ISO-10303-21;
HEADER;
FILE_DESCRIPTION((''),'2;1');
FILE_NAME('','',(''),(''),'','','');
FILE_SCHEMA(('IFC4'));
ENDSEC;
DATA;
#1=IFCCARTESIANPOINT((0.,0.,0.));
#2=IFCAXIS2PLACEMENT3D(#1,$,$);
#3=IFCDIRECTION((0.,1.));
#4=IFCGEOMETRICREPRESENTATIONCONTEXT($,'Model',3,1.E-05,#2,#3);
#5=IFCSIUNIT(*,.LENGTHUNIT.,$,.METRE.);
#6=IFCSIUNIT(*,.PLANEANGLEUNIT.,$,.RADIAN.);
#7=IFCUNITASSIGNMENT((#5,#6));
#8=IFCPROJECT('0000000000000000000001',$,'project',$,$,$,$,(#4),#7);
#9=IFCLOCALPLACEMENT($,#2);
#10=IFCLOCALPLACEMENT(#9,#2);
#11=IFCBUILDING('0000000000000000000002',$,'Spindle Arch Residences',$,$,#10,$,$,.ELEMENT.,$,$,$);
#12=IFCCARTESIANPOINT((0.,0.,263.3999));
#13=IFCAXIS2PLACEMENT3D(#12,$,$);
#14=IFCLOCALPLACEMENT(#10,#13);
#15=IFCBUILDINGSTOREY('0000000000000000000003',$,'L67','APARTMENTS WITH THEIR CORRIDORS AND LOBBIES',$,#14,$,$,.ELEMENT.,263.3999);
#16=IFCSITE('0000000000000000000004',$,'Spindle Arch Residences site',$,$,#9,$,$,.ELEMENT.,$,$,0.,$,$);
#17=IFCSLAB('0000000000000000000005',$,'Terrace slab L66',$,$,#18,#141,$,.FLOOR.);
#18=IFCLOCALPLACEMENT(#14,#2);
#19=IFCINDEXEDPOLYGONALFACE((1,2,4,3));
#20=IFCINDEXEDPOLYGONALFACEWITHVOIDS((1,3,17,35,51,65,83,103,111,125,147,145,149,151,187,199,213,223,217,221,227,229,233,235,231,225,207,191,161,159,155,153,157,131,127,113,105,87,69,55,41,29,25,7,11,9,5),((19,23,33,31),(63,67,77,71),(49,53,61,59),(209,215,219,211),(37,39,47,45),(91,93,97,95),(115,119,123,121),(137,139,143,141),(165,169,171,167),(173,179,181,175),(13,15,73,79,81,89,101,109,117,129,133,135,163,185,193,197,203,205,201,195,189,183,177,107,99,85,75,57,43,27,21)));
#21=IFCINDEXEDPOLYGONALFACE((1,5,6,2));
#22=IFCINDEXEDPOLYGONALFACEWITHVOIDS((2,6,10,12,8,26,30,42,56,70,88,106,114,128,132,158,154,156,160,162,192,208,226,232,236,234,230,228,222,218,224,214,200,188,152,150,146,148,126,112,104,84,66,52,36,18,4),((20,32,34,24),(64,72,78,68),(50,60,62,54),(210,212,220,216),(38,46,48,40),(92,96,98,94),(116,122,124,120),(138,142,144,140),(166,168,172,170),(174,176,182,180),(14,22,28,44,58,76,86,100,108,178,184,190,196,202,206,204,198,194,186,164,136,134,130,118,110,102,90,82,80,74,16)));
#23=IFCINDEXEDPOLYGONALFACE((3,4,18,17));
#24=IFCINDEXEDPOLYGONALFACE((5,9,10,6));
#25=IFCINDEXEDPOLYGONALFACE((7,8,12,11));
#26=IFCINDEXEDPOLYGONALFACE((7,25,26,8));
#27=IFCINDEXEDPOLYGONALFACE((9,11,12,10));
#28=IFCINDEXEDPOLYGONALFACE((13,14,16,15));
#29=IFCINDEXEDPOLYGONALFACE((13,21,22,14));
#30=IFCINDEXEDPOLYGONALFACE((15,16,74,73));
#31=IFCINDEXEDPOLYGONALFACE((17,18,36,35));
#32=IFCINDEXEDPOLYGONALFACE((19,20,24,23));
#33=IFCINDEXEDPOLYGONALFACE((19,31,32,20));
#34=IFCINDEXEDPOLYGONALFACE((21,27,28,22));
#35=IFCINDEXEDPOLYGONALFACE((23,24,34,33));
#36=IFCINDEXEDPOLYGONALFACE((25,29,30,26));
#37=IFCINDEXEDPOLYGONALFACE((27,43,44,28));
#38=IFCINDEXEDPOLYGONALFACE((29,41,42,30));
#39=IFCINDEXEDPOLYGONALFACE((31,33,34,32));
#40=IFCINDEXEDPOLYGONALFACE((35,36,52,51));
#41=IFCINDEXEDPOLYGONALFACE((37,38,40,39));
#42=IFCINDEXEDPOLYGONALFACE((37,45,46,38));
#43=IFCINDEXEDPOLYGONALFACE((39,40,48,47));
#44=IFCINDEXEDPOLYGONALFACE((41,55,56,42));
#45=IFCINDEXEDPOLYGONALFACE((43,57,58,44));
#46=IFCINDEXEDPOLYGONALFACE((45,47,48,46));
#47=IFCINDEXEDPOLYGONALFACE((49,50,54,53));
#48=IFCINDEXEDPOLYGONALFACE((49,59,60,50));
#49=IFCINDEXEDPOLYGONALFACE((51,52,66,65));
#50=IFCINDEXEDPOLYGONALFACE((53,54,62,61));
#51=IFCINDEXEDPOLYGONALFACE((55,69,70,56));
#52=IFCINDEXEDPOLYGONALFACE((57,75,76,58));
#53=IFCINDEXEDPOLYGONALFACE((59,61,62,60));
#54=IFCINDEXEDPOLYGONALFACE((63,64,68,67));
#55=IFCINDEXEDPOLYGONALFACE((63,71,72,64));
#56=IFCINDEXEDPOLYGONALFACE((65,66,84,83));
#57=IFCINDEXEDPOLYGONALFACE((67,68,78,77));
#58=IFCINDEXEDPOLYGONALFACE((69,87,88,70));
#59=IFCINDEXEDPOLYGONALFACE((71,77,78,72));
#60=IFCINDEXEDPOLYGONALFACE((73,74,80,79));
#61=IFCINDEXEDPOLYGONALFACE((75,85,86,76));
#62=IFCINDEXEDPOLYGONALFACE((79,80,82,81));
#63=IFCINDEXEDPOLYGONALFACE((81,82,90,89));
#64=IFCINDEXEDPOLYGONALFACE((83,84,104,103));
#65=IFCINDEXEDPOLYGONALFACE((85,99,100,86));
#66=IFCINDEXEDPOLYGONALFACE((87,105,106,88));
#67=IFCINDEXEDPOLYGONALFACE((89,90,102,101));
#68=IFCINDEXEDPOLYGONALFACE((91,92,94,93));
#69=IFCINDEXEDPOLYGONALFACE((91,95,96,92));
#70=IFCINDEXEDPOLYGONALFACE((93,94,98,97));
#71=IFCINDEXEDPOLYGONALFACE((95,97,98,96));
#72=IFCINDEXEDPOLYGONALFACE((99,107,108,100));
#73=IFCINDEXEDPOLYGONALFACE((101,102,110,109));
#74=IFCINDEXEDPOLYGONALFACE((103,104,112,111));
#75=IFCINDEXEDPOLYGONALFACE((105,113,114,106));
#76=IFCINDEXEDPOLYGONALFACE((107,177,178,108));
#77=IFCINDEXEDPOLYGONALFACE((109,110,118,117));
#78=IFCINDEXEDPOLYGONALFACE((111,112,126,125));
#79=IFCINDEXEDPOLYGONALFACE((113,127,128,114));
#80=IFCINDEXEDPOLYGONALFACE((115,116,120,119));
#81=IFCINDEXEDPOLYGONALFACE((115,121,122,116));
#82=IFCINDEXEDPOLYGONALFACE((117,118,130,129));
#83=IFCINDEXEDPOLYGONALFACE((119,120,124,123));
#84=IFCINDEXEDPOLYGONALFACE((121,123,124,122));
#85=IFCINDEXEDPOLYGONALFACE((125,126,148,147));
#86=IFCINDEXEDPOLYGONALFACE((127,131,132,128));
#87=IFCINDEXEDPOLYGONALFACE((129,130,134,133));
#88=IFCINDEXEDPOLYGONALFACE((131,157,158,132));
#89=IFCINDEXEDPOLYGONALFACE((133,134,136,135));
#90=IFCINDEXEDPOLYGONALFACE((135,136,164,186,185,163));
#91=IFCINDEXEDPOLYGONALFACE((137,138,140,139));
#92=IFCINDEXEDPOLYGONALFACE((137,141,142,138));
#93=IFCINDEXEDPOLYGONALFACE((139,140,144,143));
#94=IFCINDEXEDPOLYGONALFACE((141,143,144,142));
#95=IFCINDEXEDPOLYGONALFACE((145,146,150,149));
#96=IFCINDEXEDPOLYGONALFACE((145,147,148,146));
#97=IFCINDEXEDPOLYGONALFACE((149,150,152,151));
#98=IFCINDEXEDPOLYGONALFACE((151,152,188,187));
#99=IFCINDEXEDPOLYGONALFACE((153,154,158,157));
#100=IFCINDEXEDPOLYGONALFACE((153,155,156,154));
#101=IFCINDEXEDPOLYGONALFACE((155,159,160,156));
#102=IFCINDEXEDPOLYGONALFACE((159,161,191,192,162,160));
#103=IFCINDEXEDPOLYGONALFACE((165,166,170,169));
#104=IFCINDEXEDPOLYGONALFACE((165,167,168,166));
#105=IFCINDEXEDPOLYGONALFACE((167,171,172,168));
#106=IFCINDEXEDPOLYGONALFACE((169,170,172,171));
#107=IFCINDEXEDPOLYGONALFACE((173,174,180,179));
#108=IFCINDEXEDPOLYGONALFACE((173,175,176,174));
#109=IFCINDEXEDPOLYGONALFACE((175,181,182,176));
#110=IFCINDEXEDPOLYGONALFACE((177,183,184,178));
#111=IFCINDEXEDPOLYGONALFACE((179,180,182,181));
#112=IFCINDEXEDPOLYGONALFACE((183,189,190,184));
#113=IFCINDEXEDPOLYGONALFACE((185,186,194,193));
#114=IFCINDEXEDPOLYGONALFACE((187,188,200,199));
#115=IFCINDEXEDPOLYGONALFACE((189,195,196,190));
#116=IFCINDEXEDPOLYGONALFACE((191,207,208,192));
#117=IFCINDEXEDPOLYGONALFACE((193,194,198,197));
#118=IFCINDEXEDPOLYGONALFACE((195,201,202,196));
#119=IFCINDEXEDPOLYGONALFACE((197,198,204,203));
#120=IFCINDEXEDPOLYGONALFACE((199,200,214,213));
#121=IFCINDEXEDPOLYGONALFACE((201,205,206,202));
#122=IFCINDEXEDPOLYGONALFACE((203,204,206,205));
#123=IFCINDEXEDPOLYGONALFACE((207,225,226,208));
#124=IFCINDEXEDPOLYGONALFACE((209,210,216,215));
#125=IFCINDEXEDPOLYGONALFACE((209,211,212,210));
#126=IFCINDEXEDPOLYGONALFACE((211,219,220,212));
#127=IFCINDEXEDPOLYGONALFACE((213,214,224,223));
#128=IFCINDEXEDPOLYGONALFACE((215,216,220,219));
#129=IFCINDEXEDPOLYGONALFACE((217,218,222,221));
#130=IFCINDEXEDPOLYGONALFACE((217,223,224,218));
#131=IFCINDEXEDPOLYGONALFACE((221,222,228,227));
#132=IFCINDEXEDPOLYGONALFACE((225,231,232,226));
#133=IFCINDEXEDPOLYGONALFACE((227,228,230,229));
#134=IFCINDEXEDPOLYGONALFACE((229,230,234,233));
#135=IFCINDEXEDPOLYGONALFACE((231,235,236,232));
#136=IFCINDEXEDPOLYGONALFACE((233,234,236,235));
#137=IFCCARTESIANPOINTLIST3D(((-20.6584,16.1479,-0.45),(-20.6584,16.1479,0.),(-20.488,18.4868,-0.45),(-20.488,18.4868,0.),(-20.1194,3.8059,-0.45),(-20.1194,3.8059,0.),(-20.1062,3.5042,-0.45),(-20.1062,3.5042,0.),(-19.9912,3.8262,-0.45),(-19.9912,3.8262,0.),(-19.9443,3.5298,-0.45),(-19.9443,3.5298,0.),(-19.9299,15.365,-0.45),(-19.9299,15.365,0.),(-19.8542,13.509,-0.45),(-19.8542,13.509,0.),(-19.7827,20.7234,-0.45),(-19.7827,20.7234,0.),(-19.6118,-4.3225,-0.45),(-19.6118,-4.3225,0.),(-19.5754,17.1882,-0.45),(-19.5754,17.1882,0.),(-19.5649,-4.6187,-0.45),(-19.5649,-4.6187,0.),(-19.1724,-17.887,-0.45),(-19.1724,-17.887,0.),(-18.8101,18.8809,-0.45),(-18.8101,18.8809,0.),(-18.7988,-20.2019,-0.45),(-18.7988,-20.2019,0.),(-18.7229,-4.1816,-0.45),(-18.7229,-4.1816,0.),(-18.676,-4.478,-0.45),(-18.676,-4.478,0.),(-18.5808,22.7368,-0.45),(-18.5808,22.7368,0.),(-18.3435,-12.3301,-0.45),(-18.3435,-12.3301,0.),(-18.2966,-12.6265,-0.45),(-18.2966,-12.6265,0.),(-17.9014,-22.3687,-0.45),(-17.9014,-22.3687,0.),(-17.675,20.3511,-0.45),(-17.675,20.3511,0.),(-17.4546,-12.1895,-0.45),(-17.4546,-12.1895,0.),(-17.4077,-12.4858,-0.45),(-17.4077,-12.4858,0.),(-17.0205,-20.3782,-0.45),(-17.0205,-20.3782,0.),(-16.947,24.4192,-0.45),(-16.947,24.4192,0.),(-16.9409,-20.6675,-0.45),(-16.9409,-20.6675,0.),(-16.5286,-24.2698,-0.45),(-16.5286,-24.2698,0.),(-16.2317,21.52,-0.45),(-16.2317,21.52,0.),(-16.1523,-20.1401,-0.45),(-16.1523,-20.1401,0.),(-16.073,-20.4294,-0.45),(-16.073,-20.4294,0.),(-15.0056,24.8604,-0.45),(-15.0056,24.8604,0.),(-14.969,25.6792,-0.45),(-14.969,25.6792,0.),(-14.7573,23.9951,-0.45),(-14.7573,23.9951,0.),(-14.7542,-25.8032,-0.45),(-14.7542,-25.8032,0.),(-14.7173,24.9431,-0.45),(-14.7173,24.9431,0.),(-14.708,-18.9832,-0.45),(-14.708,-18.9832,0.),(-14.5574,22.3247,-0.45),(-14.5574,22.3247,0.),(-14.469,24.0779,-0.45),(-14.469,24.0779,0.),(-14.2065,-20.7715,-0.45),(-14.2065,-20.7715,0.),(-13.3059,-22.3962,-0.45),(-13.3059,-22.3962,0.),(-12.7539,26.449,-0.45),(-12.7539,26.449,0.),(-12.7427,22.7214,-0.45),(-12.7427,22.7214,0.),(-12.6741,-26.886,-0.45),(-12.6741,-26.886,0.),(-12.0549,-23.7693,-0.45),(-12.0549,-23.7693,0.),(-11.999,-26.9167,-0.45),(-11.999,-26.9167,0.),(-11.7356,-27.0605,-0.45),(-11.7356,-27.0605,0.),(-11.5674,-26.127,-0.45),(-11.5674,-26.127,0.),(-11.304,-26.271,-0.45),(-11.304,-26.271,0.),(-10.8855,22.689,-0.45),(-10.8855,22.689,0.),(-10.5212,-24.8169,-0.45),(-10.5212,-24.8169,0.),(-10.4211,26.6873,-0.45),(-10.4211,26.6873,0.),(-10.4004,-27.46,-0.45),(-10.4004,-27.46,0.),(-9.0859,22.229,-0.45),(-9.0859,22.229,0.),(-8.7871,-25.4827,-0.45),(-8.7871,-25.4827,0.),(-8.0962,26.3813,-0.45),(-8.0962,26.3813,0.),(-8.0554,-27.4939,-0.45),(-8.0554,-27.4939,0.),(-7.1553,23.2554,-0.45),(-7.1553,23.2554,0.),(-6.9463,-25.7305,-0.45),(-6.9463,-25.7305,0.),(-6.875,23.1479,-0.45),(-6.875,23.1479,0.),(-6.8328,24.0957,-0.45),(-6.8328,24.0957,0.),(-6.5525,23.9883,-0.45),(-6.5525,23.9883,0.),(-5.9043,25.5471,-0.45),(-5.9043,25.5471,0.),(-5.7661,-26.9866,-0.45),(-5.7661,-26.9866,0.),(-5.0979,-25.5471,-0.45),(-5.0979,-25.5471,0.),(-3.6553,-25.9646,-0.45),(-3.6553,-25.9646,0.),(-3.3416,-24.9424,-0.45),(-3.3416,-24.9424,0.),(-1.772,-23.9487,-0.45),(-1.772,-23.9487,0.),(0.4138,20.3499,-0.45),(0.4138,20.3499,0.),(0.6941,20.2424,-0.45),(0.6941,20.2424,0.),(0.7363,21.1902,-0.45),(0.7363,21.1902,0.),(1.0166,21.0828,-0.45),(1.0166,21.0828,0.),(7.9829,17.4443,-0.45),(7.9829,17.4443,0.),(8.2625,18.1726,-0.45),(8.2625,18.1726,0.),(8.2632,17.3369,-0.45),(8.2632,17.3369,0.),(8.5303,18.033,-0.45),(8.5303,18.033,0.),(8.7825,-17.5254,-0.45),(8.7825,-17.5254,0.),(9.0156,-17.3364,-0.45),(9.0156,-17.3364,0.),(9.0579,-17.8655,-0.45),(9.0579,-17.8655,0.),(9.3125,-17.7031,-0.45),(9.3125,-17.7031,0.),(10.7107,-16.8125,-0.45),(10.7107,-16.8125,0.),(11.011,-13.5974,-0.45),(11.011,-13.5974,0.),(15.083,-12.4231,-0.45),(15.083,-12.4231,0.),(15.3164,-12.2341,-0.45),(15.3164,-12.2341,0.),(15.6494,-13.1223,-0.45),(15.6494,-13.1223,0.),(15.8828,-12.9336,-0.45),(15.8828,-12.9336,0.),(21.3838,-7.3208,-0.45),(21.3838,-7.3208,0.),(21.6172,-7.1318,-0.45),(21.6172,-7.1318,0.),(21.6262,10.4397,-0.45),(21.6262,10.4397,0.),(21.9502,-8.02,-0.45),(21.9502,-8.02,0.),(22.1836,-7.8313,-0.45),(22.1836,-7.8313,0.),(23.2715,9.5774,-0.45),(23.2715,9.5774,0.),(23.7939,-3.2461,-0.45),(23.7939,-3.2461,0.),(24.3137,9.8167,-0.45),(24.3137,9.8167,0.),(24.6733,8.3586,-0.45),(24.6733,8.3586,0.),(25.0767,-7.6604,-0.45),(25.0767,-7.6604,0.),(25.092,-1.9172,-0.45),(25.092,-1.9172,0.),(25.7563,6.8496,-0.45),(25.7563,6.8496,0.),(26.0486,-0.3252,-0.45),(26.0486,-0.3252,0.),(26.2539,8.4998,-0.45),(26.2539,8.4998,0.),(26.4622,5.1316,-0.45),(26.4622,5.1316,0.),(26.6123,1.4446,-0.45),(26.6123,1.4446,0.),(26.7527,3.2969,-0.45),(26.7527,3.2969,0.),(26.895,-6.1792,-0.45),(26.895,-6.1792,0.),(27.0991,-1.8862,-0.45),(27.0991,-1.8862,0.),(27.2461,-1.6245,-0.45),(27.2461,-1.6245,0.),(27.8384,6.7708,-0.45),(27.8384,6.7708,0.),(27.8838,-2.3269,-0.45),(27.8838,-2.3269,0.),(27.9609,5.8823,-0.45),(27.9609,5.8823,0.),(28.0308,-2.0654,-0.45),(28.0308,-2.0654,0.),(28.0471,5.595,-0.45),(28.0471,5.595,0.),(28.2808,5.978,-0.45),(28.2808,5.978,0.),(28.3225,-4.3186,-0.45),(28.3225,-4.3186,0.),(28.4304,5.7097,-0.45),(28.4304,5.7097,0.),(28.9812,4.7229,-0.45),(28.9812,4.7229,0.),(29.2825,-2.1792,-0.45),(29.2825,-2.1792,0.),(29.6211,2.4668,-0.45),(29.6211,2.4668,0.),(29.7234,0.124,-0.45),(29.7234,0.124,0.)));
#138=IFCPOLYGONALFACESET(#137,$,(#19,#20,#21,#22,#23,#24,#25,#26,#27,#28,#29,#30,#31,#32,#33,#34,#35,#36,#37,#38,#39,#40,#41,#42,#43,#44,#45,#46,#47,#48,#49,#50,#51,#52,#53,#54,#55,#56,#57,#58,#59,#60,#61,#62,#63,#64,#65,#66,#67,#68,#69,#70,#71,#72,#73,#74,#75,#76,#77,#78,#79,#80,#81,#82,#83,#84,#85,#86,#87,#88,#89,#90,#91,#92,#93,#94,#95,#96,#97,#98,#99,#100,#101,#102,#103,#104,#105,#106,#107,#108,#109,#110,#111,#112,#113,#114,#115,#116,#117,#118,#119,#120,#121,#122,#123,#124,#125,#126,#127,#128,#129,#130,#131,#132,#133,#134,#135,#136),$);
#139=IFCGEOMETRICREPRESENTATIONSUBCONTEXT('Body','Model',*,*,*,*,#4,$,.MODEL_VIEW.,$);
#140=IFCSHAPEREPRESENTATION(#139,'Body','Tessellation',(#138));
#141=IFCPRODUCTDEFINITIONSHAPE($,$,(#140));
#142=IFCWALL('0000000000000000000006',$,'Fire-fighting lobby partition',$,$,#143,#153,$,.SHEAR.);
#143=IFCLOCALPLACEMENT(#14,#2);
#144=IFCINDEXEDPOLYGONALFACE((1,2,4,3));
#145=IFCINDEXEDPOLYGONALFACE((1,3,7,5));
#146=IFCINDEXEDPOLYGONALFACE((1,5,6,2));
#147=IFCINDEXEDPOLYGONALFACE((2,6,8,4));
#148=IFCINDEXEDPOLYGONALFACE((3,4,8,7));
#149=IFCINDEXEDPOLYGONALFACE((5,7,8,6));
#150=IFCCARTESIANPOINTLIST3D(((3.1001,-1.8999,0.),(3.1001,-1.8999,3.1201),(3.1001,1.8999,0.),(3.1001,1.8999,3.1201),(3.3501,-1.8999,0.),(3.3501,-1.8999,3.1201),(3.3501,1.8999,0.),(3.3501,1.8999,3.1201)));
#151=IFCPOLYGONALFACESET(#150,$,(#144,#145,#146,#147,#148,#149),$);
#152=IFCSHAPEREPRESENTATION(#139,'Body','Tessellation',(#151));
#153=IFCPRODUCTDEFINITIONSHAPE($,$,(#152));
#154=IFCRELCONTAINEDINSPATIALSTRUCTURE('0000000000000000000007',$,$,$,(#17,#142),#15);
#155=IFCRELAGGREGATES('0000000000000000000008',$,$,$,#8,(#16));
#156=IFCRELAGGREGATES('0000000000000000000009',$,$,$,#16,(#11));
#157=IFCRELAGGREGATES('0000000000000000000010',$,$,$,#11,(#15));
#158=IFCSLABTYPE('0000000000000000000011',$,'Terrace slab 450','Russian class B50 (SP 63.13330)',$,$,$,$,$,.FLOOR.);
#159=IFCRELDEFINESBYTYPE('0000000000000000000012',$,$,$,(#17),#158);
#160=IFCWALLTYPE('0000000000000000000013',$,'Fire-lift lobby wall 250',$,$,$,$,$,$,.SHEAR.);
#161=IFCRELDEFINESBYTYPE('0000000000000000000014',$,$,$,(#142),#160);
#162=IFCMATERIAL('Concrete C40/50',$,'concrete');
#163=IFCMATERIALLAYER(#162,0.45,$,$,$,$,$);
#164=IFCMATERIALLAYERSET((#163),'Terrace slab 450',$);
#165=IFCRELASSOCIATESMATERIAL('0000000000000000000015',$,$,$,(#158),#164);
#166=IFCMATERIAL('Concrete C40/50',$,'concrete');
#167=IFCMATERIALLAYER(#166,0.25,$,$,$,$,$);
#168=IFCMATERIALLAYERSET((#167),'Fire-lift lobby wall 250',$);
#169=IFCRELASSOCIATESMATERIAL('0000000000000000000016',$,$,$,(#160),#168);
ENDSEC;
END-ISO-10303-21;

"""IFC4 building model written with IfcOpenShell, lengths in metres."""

from ifc_helpers import new_model, si_unit, direction, frame, frame_2d, origin, place, context, subcontext, project, spatial, polyline, rectangle, outline, extrude, material, layer, layer_set, type_object, element, save


model = new_model("IFC4")

# Units and contexts
model_context = context("Model", 3, precision=1e-05, world=origin(), true_north=direction((0.0, 1.0)))
body_context = subcontext(model_context, "Body", "Model", "MODEL_VIEW")
ifc_project = project(units=[si_unit("LENGTHUNIT", "METRE"), si_unit("PLANEANGLEUNIT", "RADIAN")], contexts=[model_context])

# Site, building, storey
site_placement = place(None, origin())
site = spatial("IfcSite", under=ifc_project, at=site_placement, Name="Spindle Arch Residences site", CompositionType="ELEMENT", RefElevation=0.0)
building_placement = place(site_placement, origin())
building = spatial("IfcBuilding", under=site, at=building_placement, Name="Spindle Arch Residences", CompositionType="ELEMENT")
storey_placement = place(building_placement, frame((0.0, 0.0, 263.3999)))
storey = spatial("IfcBuildingStorey", under=building, at=storey_placement, Name="L67", Description="APARTMENTS WITH THEIR CORRIDORS AND LOBBIES", CompositionType="ELEMENT", Elevation=263.3999)

# Slab
ifc_material_1 = material(Name="Concrete C40/50", Category="concrete")
ifc_layer_1 = layer(ifc_material_1, 0.45)
ifc_layer_set_1 = layer_set([ifc_layer_1], Name="Terrace slab 450")
slab_type_1 = type_object("IfcSlabType", Name="Terrace slab 450", Description="Russian class B50 (SP 63.13330)", PredefinedType="FLOOR", material=ifc_layer_set_1)
slab_1_placement = place(storey_placement, frame((0.0, 0.0, -0.45)))
element("IfcSlab", 1, at=slab_1_placement, inside=storey, type_object=slab_type_1, Name="Terrace slab L66", PredefinedType="FLOOR", context=body_context, shape_type="SweptSolid", body=[
    extrude(outline(polyline([(-5.7661, -26.9866), (-8.0554, -27.4939), (-10.4004, -27.46), (-12.6741, -26.886), (-14.7542, -25.8032), (-16.5286, -24.2698), (-17.9014, -22.3687), (-18.7988, -20.2019), (-19.1724, -17.887), (-20.1062, 3.5042), (-19.9443, 3.5298), (-19.9912, 3.8262), (-20.1194, 3.8059), (-20.6584, 16.1479), (-20.488, 18.4868), (-19.7827, 20.7234), (-18.5808, 22.7368), (-16.947, 24.4192), (-14.969, 25.6792), (-12.7539, 26.449), (-10.4211, 26.6873), (-8.0962, 26.3813), (-5.9043, 25.5471), (8.2625, 18.1726), (7.9829, 17.4443), (8.2632, 17.3369), (8.5303, 18.033), (24.3137, 9.8167), (26.2539, 8.4998), (27.8384, 6.7708), (28.2808, 5.978), (27.9609, 5.8823), (28.0471, 5.595), (28.4304, 5.7097), (28.9812, 4.7229), (29.6211, 2.4668), (29.7234, 0.124), (29.2825, -2.1792), (28.3225, -4.3186), (26.895, -6.1792), (25.0767, -7.6604), (10.7107, -16.8125), (9.3125, -17.7031), (9.0156, -17.3364), (8.7825, -17.5254), (9.0579, -17.8655), (-3.6553, -25.9646), (-5.7661, -26.9866)]), holes=[polyline([(25.092, -1.9172), (26.0486, -0.3252), (26.6123, 1.4446), (26.7527, 3.2969), (26.4622, 5.1316), (25.7563, 6.8496), (24.6733, 8.3586), (23.2715, 9.5774), (21.6262, 10.4397), (-9.0859, 22.229), (-10.8855, 22.689), (-12.7427, 22.7214), (-14.5574, 22.3247), (-16.2317, 21.52), (-17.675, 20.3511), (-18.8101, 18.8809), (-19.5754, 17.1882), (-19.9299, 15.365), (-19.8542, 13.509), (-14.708, -18.9832), (-14.2065, -20.7715), (-13.3059, -22.3962), (-12.0549, -23.7693), (-10.5212, -24.8169), (-8.7871, -25.4827), (-6.9463, -25.7305), (-5.0979, -25.5471), (-3.3416, -24.9424), (-1.772, -23.9487), (11.011, -13.5974), (23.7939, -3.2461), (25.092, -1.9172)]), polyline([(-11.999, -26.9167), (-11.7356, -27.0605), (-11.304, -26.271), (-11.5674, -26.127), (-11.999, -26.9167)]), polyline([(-17.0205, -20.3782), (-16.9409, -20.6675), (-16.073, -20.4294), (-16.1523, -20.1401), (-17.0205, -20.3782)]), polyline([(-17.4546, -12.1895), (-18.3435, -12.3301), (-18.2966, -12.6265), (-17.4077, -12.4858), (-17.4546, -12.1895)]), polyline([(-18.7229, -4.1816), (-19.6118, -4.3225), (-19.5649, -4.6187), (-18.676, -4.478), (-18.7229, -4.1816)]), polyline([(-6.875, 23.1479), (-6.5525, 23.9883), (-6.8328, 24.0957), (-7.1553, 23.2554), (-6.875, 23.1479)]), polyline([(-14.469, 24.0779), (-14.7173, 24.9431), (-15.0056, 24.8604), (-14.7573, 23.9951), (-14.469, 24.0779)]), polyline([(15.6494, -13.1223), (15.8828, -12.9336), (15.3164, -12.2341), (15.083, -12.4231), (15.6494, -13.1223)]), polyline([(21.3838, -7.3208), (21.9502, -8.02), (22.1836, -7.8313), (21.6172, -7.1318), (21.3838, -7.3208)]), polyline([(27.0991, -1.8862), (27.8838, -2.3269), (28.0308, -2.0654), (27.2461, -1.6245), (27.0991, -1.8862)]), polyline([(0.6941, 20.2424), (1.0166, 21.0828), (0.7363, 21.1902), (0.4138, 20.3499), (0.6941, 20.2424)])]), origin(), (0.0, 0.0, 1.0), 0.45),
])

# Wall
ifc_material_2 = material(Name="Concrete C40/50", Category="concrete")
ifc_layer_2 = layer(ifc_material_2, 0.25)
ifc_layer_set_2 = layer_set([ifc_layer_2], Name="Fire-lift lobby wall 250")
wall_type_1 = type_object("IfcWallType", Name="Fire-lift lobby wall 250", PredefinedType="SHEAR", material=ifc_layer_set_2)
wall_1_placement = place(storey_placement, frame((3.2251, -1.8999, 0.0), z_axis=(0.0, 0.0, 1.0), x_axis=(0.0, 1.0, 0.0)))
element("IfcWall", 2, at=wall_1_placement, inside=storey, type_object=wall_type_1, Name="Fire-fighting lobby partition", PredefinedType="SHEAR", context=body_context, shape_type="SweptSolid", body=[
    extrude(rectangle(XDim=3.7998, YDim=0.25, at=frame_2d((1.8999, 0.0))), origin(), (0.0, 0.0, 1.0), 3.1201),
])

save(model, "model.ifc")
